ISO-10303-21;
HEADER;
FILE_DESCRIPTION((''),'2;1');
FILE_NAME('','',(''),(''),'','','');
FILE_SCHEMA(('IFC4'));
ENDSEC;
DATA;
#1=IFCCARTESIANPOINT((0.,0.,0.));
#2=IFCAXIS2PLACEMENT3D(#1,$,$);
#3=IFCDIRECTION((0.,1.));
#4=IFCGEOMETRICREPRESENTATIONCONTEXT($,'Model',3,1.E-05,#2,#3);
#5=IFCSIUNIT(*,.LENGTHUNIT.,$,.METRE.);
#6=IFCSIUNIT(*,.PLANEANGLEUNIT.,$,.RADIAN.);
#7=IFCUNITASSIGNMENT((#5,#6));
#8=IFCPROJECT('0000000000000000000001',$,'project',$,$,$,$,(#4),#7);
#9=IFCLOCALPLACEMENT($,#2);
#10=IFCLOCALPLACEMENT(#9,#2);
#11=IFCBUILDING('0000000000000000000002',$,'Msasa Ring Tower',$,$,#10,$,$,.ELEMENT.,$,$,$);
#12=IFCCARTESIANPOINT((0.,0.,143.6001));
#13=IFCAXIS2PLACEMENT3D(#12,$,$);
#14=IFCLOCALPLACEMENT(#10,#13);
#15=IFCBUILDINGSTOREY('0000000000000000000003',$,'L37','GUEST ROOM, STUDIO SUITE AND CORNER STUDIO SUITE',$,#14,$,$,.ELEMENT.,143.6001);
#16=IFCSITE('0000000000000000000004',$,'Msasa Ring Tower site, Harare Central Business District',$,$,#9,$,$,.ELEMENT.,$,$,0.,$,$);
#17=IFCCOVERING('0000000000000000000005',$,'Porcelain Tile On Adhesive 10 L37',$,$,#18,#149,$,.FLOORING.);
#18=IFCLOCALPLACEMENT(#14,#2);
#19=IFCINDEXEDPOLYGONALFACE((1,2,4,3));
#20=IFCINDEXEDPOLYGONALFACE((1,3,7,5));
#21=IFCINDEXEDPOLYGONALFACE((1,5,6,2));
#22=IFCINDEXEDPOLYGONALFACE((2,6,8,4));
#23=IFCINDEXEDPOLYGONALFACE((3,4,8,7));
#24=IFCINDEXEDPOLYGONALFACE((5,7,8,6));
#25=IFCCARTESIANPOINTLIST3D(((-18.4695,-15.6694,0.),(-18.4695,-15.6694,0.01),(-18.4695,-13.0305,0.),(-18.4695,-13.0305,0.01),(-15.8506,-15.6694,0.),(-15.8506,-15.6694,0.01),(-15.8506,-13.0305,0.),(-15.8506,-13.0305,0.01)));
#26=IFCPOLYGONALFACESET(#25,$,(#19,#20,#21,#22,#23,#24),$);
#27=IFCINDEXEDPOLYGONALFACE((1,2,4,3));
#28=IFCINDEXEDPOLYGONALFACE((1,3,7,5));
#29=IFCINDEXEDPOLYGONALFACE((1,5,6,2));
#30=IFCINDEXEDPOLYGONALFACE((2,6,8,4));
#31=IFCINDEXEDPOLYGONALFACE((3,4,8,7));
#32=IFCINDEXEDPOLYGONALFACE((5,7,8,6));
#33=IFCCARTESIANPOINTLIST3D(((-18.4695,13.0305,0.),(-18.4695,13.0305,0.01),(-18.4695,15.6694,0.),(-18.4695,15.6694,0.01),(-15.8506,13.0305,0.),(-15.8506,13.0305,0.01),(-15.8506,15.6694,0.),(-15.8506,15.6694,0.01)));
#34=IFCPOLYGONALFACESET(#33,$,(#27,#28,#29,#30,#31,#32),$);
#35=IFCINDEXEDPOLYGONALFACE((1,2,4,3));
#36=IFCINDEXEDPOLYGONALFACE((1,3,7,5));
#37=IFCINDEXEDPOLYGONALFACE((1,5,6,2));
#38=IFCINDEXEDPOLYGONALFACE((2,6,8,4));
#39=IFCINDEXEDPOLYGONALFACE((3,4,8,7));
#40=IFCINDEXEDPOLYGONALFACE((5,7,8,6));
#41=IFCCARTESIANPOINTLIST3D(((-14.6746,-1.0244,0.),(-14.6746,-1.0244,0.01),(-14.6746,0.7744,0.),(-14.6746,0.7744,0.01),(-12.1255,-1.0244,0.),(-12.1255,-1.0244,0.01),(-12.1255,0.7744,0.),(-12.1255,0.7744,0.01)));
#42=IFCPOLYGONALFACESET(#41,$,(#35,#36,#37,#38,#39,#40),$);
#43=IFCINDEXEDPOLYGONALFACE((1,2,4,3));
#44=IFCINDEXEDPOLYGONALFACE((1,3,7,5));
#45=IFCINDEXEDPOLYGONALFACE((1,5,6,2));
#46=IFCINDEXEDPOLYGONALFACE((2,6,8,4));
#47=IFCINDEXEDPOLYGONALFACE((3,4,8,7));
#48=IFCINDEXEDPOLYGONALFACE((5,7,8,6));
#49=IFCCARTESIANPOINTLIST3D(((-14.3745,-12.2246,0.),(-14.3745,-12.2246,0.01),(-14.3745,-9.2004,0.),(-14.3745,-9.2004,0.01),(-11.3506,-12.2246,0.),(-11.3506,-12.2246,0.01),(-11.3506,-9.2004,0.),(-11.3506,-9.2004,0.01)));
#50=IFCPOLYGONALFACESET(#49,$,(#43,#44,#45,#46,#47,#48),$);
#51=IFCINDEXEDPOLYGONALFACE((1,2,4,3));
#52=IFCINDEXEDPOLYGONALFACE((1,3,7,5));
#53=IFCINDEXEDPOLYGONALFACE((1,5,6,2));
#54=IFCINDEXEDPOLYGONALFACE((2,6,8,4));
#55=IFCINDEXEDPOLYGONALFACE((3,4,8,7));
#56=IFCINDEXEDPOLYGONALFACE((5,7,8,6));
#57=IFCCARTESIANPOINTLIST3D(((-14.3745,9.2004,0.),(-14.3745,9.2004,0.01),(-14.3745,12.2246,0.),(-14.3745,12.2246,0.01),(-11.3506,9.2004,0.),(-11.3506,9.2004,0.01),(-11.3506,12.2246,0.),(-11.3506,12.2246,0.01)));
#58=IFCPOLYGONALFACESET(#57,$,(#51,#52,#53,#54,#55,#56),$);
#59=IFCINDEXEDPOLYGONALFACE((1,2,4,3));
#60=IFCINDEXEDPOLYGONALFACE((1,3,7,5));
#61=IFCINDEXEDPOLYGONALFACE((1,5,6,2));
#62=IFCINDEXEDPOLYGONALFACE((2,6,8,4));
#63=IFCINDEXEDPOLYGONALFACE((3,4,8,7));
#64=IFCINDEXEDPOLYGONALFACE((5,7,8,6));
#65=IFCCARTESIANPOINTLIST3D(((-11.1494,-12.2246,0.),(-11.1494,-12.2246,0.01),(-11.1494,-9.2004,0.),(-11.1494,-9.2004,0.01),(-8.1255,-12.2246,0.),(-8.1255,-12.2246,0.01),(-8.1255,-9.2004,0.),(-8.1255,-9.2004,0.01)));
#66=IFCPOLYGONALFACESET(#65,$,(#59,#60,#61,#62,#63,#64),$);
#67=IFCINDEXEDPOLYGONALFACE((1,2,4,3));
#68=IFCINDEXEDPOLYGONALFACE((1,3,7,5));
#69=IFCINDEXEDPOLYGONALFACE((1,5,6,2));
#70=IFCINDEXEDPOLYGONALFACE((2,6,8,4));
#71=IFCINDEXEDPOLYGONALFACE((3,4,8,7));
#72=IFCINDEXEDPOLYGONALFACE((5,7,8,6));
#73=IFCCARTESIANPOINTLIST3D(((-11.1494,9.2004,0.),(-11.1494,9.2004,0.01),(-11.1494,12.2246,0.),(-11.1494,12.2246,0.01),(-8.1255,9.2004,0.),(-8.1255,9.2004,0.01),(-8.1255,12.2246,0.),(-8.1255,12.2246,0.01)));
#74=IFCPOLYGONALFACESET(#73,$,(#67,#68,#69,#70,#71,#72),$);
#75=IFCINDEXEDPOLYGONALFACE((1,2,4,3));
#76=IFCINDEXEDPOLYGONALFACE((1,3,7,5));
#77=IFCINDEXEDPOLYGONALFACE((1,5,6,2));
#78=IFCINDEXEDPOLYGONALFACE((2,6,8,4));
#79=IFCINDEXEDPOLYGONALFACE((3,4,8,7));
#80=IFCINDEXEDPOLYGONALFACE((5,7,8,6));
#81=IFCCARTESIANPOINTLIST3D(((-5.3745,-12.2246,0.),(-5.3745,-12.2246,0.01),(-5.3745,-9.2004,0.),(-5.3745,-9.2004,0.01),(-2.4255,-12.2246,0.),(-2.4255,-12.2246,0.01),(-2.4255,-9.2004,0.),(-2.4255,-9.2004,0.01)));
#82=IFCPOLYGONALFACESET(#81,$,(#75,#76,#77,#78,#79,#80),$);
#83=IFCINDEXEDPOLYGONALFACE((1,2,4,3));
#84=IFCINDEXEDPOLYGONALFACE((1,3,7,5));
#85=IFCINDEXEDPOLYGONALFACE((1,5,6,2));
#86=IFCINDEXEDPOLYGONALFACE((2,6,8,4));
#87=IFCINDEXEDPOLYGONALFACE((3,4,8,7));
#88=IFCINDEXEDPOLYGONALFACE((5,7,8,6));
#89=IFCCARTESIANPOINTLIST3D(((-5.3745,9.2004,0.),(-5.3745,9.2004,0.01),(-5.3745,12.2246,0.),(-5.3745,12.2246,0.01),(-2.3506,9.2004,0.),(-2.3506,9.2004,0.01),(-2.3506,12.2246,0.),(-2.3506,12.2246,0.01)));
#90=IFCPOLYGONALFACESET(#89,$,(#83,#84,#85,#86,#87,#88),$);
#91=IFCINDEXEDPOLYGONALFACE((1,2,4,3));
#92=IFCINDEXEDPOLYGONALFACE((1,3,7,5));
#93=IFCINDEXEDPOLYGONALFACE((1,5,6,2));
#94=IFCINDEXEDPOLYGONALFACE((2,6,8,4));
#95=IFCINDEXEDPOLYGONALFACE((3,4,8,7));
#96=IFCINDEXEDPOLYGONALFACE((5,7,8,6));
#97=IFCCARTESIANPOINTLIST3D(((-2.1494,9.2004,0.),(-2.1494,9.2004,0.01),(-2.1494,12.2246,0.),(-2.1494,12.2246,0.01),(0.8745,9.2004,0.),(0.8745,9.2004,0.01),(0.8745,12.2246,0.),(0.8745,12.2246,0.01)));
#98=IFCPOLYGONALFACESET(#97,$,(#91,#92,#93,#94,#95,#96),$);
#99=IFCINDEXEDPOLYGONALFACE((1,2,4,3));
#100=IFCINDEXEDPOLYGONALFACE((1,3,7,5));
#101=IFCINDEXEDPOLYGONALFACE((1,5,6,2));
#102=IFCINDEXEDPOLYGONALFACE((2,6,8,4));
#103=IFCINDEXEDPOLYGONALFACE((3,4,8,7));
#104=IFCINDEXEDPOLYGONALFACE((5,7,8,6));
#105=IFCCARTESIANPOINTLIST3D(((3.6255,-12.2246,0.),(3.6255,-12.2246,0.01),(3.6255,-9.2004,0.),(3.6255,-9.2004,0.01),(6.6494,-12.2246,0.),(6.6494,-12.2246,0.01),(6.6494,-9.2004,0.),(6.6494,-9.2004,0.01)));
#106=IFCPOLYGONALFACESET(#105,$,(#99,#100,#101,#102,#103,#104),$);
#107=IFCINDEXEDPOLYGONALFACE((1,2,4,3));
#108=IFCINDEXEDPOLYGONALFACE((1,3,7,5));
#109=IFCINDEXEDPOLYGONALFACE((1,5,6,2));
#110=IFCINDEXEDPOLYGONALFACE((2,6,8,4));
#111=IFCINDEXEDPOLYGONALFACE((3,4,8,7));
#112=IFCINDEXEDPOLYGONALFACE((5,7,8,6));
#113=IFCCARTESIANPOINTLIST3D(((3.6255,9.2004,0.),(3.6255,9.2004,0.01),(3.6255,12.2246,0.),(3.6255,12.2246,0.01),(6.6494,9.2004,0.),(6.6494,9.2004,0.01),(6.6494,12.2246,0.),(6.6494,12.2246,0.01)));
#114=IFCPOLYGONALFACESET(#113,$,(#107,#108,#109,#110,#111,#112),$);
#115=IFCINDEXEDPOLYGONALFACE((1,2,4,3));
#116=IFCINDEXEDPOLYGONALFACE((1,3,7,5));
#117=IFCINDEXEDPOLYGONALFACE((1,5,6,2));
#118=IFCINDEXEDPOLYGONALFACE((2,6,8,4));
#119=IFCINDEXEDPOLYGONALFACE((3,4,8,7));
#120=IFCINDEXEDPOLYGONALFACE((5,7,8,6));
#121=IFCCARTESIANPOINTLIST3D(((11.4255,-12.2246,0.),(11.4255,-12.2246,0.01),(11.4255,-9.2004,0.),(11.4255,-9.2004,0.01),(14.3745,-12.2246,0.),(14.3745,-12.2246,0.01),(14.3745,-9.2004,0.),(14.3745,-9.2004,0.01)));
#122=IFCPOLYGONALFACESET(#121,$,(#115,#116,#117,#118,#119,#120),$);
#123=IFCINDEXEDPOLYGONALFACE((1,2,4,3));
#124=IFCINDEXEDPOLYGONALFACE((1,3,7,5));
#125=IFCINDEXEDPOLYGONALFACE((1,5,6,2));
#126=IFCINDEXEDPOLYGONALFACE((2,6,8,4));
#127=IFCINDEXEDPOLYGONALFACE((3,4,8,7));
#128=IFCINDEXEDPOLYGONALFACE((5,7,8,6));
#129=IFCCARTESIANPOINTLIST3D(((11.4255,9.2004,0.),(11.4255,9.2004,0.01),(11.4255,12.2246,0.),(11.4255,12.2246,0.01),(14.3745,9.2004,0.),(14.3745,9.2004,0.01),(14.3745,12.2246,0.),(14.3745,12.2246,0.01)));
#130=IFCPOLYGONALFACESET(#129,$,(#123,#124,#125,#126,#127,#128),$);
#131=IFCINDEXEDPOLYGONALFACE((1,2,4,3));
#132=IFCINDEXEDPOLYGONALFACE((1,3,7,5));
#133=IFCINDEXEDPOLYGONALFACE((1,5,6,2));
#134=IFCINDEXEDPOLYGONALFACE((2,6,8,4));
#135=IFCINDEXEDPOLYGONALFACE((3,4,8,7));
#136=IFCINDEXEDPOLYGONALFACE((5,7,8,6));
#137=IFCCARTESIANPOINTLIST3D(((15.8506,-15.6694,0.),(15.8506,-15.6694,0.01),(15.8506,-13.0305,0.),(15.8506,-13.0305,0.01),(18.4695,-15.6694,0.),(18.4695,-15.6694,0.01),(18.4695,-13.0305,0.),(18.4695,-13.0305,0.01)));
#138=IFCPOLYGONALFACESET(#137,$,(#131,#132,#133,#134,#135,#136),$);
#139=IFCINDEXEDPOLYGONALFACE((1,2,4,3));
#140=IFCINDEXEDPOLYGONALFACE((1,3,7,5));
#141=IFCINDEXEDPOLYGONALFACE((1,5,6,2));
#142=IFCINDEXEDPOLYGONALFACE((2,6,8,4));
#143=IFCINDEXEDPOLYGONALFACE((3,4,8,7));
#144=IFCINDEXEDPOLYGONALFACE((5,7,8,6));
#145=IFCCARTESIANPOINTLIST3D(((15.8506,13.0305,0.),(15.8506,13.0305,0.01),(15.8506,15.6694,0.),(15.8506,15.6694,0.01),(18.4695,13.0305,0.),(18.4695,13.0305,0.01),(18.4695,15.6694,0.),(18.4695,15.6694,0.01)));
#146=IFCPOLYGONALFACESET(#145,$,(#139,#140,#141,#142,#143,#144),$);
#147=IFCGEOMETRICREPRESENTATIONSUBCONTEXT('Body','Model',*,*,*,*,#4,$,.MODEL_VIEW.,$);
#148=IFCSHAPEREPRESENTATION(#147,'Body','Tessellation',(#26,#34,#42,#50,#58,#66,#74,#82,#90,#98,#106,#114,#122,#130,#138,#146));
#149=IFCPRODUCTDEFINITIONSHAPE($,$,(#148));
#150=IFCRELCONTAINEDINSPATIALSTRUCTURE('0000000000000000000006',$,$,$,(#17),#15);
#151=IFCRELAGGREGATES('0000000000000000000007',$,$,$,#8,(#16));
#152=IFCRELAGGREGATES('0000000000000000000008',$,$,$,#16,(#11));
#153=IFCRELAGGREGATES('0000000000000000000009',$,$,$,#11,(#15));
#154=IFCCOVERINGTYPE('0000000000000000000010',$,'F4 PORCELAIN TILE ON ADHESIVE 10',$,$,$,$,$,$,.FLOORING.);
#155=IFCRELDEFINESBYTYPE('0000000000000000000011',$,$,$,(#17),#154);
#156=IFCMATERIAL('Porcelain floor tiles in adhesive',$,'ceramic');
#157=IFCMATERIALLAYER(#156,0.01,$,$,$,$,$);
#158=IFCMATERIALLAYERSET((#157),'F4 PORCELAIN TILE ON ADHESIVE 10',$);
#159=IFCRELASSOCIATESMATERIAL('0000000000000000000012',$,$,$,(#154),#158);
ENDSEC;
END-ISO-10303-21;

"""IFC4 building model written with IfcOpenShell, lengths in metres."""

from ifc_helpers import new_model, si_unit, direction, frame, origin, place, context, subcontext, project, spatial, line, indexed_curve, outline, extrude, material, layer, layer_set, type_object, element, save


model = new_model("IFC4")

# Units and contexts
model_context = context("Model", 3, precision=1e-05, world=origin(), true_north=direction((0.0, 1.0)))
body_context = subcontext(model_context, "Body", "Model", "MODEL_VIEW")
ifc_project = project(units=[si_unit("LENGTHUNIT", "METRE"), si_unit("PLANEANGLEUNIT", "RADIAN")], contexts=[model_context])

# Site, building, storey
site_placement = place(None, origin())
site = spatial("IfcSite", under=ifc_project, at=site_placement, Name="Msasa Ring Tower site, Harare Central Business District", CompositionType="ELEMENT", RefElevation=0.0)
building_placement = place(site_placement, origin())
building = spatial("IfcBuilding", under=site, at=building_placement, Name="Msasa Ring Tower", CompositionType="ELEMENT")
storey_placement = place(building_placement, frame((0.0, 0.0, 143.6001)))
storey = spatial("IfcBuildingStorey", under=building, at=storey_placement, Name="L37", Description="GUEST ROOM, STUDIO SUITE AND CORNER STUDIO SUITE", CompositionType="ELEMENT", Elevation=143.6001)

# Covering
ifc_material_1 = material(Name="Porcelain floor tiles in adhesive", Category="ceramic")
ifc_layer_1 = layer(ifc_material_1, 0.01)
ifc_layer_set_1 = layer_set([ifc_layer_1], Name="F4 PORCELAIN TILE ON ADHESIVE 10")
covering_type_1 = type_object("IfcCoveringType", Name="F4 PORCELAIN TILE ON ADHESIVE 10", PredefinedType="FLOORING", material=ifc_layer_set_1)
covering_1_placement = place(storey_placement, origin())
element("IfcCovering", 1, at=covering_1_placement, inside=storey, type_object=covering_type_1, Name="Porcelain Tile On Adhesive 10 L37", PredefinedType="FLOORING", context=body_context, shape_type="SweptSolid", body=[
    extrude(outline(indexed_curve([(-15.8506, -13.0305), (-15.8506, -15.6694), (-18.4695, -15.6694), (-18.4695, -13.0305)], segments=[line(1, 2, 3, 4, 1)], self_intersect=False)), origin(), (0.0, 0.0, 1.0), 0.01),
    extrude(outline(indexed_curve([(-15.8506, 15.6694), (-15.8506, 13.0305), (-18.4695, 13.0305), (-18.4695, 15.6694)], segments=[line(1, 2, 3, 4, 1)], self_intersect=False)), origin(), (0.0, 0.0, 1.0), 0.01),
    extrude(outline(indexed_curve([(-12.1255, -1.0244), (-14.6746, -1.0244), (-14.6746, 0.7744), (-12.1255, 0.7744)], segments=[line(1, 2, 3, 4, 1)], self_intersect=False)), origin(), (0.0, 0.0, 1.0), 0.01),
    extrude(outline(indexed_curve([(-11.3506, -9.2004), (-11.3506, -12.2246), (-14.3745, -12.2246), (-14.3745, -9.2004)], segments=[line(1, 2, 3, 4, 1)], self_intersect=False)), origin(), (0.0, 0.0, 1.0), 0.01),
    extrude(outline(indexed_curve([(-11.3506, 9.2004), (-14.3745, 9.2004), (-14.3745, 12.2246), (-11.3506, 12.2246)], segments=[line(1, 2, 3, 4, 1)], self_intersect=False)), origin(), (0.0, 0.0, 1.0), 0.01),
    extrude(outline(indexed_curve([(-8.1255, -9.2004), (-8.1255, -12.2246), (-11.1494, -12.2246), (-11.1494, -9.2004)], segments=[line(1, 2, 3, 4, 1)], self_intersect=False)), origin(), (0.0, 0.0, 1.0), 0.01),
    extrude(outline(indexed_curve([(-11.1494, 9.2004), (-11.1494, 12.2246), (-8.1255, 12.2246), (-8.1255, 9.2004)], segments=[line(1, 2, 3, 4, 1)], self_intersect=False)), origin(), (0.0, 0.0, 1.0), 0.01),
    extrude(outline(indexed_curve([(-2.4255, -9.2004), (-2.4255, -12.2246), (-5.3745, -12.2246), (-5.3745, -9.2004)], segments=[line(1, 2, 3, 4, 1)], self_intersect=False)), origin(), (0.0, 0.0, 1.0), 0.01),
    extrude(outline(indexed_curve([(-2.3506, 9.2004), (-5.3745, 9.2004), (-5.3745, 12.2246), (-2.3506, 12.2246)], segments=[line(1, 2, 3, 4, 1)], self_intersect=False)), origin(), (0.0, 0.0, 1.0), 0.01),
    extrude(outline(indexed_curve([(-2.1494, 9.2004), (-2.1494, 12.2246), (0.8745, 12.2246), (0.8745, 9.2004)], segments=[line(1, 2, 3, 4, 1)], self_intersect=False)), origin(), (0.0, 0.0, 1.0), 0.01),
    extrude(outline(indexed_curve([(6.6494, -9.2004), (6.6494, -12.2246), (3.6255, -12.2246), (3.6255, -9.2004)], segments=[line(1, 2, 3, 4, 1)], self_intersect=False)), origin(), (0.0, 0.0, 1.0), 0.01),
    extrude(outline(indexed_curve([(6.6494, 9.2004), (3.6255, 9.2004), (3.6255, 12.2246), (6.6494, 12.2246)], segments=[line(1, 2, 3, 4, 1)], self_intersect=False)), origin(), (0.0, 0.0, 1.0), 0.01),
    extrude(outline(indexed_curve([(14.3745, -9.2004), (14.3745, -12.2246), (11.4255, -12.2246), (11.4255, -9.2004)], segments=[line(1, 2, 3, 4, 1)], self_intersect=False)), origin(), (0.0, 0.0, 1.0), 0.01),
    extrude(outline(indexed_curve([(11.4255, 9.2004), (11.4255, 12.2246), (14.3745, 12.2246), (14.3745, 9.2004)], segments=[line(1, 2, 3, 4, 1)], self_intersect=False)), origin(), (0.0, 0.0, 1.0), 0.01),
    extrude(outline(indexed_curve([(18.4695, -13.0305), (18.4695, -15.6694), (15.8506, -15.6694), (15.8506, -13.0305)], segments=[line(1, 2, 3, 4, 1)], self_intersect=False)), origin(), (0.0, 0.0, 1.0), 0.01),
    extrude(outline(indexed_curve([(18.4695, 15.6694), (18.4695, 13.0305), (15.8506, 13.0305), (15.8506, 15.6694)], segments=[line(1, 2, 3, 4, 1)], self_intersect=False)), origin(), (0.0, 0.0, 1.0), 0.01),
])

save(model, "model.ifc")
